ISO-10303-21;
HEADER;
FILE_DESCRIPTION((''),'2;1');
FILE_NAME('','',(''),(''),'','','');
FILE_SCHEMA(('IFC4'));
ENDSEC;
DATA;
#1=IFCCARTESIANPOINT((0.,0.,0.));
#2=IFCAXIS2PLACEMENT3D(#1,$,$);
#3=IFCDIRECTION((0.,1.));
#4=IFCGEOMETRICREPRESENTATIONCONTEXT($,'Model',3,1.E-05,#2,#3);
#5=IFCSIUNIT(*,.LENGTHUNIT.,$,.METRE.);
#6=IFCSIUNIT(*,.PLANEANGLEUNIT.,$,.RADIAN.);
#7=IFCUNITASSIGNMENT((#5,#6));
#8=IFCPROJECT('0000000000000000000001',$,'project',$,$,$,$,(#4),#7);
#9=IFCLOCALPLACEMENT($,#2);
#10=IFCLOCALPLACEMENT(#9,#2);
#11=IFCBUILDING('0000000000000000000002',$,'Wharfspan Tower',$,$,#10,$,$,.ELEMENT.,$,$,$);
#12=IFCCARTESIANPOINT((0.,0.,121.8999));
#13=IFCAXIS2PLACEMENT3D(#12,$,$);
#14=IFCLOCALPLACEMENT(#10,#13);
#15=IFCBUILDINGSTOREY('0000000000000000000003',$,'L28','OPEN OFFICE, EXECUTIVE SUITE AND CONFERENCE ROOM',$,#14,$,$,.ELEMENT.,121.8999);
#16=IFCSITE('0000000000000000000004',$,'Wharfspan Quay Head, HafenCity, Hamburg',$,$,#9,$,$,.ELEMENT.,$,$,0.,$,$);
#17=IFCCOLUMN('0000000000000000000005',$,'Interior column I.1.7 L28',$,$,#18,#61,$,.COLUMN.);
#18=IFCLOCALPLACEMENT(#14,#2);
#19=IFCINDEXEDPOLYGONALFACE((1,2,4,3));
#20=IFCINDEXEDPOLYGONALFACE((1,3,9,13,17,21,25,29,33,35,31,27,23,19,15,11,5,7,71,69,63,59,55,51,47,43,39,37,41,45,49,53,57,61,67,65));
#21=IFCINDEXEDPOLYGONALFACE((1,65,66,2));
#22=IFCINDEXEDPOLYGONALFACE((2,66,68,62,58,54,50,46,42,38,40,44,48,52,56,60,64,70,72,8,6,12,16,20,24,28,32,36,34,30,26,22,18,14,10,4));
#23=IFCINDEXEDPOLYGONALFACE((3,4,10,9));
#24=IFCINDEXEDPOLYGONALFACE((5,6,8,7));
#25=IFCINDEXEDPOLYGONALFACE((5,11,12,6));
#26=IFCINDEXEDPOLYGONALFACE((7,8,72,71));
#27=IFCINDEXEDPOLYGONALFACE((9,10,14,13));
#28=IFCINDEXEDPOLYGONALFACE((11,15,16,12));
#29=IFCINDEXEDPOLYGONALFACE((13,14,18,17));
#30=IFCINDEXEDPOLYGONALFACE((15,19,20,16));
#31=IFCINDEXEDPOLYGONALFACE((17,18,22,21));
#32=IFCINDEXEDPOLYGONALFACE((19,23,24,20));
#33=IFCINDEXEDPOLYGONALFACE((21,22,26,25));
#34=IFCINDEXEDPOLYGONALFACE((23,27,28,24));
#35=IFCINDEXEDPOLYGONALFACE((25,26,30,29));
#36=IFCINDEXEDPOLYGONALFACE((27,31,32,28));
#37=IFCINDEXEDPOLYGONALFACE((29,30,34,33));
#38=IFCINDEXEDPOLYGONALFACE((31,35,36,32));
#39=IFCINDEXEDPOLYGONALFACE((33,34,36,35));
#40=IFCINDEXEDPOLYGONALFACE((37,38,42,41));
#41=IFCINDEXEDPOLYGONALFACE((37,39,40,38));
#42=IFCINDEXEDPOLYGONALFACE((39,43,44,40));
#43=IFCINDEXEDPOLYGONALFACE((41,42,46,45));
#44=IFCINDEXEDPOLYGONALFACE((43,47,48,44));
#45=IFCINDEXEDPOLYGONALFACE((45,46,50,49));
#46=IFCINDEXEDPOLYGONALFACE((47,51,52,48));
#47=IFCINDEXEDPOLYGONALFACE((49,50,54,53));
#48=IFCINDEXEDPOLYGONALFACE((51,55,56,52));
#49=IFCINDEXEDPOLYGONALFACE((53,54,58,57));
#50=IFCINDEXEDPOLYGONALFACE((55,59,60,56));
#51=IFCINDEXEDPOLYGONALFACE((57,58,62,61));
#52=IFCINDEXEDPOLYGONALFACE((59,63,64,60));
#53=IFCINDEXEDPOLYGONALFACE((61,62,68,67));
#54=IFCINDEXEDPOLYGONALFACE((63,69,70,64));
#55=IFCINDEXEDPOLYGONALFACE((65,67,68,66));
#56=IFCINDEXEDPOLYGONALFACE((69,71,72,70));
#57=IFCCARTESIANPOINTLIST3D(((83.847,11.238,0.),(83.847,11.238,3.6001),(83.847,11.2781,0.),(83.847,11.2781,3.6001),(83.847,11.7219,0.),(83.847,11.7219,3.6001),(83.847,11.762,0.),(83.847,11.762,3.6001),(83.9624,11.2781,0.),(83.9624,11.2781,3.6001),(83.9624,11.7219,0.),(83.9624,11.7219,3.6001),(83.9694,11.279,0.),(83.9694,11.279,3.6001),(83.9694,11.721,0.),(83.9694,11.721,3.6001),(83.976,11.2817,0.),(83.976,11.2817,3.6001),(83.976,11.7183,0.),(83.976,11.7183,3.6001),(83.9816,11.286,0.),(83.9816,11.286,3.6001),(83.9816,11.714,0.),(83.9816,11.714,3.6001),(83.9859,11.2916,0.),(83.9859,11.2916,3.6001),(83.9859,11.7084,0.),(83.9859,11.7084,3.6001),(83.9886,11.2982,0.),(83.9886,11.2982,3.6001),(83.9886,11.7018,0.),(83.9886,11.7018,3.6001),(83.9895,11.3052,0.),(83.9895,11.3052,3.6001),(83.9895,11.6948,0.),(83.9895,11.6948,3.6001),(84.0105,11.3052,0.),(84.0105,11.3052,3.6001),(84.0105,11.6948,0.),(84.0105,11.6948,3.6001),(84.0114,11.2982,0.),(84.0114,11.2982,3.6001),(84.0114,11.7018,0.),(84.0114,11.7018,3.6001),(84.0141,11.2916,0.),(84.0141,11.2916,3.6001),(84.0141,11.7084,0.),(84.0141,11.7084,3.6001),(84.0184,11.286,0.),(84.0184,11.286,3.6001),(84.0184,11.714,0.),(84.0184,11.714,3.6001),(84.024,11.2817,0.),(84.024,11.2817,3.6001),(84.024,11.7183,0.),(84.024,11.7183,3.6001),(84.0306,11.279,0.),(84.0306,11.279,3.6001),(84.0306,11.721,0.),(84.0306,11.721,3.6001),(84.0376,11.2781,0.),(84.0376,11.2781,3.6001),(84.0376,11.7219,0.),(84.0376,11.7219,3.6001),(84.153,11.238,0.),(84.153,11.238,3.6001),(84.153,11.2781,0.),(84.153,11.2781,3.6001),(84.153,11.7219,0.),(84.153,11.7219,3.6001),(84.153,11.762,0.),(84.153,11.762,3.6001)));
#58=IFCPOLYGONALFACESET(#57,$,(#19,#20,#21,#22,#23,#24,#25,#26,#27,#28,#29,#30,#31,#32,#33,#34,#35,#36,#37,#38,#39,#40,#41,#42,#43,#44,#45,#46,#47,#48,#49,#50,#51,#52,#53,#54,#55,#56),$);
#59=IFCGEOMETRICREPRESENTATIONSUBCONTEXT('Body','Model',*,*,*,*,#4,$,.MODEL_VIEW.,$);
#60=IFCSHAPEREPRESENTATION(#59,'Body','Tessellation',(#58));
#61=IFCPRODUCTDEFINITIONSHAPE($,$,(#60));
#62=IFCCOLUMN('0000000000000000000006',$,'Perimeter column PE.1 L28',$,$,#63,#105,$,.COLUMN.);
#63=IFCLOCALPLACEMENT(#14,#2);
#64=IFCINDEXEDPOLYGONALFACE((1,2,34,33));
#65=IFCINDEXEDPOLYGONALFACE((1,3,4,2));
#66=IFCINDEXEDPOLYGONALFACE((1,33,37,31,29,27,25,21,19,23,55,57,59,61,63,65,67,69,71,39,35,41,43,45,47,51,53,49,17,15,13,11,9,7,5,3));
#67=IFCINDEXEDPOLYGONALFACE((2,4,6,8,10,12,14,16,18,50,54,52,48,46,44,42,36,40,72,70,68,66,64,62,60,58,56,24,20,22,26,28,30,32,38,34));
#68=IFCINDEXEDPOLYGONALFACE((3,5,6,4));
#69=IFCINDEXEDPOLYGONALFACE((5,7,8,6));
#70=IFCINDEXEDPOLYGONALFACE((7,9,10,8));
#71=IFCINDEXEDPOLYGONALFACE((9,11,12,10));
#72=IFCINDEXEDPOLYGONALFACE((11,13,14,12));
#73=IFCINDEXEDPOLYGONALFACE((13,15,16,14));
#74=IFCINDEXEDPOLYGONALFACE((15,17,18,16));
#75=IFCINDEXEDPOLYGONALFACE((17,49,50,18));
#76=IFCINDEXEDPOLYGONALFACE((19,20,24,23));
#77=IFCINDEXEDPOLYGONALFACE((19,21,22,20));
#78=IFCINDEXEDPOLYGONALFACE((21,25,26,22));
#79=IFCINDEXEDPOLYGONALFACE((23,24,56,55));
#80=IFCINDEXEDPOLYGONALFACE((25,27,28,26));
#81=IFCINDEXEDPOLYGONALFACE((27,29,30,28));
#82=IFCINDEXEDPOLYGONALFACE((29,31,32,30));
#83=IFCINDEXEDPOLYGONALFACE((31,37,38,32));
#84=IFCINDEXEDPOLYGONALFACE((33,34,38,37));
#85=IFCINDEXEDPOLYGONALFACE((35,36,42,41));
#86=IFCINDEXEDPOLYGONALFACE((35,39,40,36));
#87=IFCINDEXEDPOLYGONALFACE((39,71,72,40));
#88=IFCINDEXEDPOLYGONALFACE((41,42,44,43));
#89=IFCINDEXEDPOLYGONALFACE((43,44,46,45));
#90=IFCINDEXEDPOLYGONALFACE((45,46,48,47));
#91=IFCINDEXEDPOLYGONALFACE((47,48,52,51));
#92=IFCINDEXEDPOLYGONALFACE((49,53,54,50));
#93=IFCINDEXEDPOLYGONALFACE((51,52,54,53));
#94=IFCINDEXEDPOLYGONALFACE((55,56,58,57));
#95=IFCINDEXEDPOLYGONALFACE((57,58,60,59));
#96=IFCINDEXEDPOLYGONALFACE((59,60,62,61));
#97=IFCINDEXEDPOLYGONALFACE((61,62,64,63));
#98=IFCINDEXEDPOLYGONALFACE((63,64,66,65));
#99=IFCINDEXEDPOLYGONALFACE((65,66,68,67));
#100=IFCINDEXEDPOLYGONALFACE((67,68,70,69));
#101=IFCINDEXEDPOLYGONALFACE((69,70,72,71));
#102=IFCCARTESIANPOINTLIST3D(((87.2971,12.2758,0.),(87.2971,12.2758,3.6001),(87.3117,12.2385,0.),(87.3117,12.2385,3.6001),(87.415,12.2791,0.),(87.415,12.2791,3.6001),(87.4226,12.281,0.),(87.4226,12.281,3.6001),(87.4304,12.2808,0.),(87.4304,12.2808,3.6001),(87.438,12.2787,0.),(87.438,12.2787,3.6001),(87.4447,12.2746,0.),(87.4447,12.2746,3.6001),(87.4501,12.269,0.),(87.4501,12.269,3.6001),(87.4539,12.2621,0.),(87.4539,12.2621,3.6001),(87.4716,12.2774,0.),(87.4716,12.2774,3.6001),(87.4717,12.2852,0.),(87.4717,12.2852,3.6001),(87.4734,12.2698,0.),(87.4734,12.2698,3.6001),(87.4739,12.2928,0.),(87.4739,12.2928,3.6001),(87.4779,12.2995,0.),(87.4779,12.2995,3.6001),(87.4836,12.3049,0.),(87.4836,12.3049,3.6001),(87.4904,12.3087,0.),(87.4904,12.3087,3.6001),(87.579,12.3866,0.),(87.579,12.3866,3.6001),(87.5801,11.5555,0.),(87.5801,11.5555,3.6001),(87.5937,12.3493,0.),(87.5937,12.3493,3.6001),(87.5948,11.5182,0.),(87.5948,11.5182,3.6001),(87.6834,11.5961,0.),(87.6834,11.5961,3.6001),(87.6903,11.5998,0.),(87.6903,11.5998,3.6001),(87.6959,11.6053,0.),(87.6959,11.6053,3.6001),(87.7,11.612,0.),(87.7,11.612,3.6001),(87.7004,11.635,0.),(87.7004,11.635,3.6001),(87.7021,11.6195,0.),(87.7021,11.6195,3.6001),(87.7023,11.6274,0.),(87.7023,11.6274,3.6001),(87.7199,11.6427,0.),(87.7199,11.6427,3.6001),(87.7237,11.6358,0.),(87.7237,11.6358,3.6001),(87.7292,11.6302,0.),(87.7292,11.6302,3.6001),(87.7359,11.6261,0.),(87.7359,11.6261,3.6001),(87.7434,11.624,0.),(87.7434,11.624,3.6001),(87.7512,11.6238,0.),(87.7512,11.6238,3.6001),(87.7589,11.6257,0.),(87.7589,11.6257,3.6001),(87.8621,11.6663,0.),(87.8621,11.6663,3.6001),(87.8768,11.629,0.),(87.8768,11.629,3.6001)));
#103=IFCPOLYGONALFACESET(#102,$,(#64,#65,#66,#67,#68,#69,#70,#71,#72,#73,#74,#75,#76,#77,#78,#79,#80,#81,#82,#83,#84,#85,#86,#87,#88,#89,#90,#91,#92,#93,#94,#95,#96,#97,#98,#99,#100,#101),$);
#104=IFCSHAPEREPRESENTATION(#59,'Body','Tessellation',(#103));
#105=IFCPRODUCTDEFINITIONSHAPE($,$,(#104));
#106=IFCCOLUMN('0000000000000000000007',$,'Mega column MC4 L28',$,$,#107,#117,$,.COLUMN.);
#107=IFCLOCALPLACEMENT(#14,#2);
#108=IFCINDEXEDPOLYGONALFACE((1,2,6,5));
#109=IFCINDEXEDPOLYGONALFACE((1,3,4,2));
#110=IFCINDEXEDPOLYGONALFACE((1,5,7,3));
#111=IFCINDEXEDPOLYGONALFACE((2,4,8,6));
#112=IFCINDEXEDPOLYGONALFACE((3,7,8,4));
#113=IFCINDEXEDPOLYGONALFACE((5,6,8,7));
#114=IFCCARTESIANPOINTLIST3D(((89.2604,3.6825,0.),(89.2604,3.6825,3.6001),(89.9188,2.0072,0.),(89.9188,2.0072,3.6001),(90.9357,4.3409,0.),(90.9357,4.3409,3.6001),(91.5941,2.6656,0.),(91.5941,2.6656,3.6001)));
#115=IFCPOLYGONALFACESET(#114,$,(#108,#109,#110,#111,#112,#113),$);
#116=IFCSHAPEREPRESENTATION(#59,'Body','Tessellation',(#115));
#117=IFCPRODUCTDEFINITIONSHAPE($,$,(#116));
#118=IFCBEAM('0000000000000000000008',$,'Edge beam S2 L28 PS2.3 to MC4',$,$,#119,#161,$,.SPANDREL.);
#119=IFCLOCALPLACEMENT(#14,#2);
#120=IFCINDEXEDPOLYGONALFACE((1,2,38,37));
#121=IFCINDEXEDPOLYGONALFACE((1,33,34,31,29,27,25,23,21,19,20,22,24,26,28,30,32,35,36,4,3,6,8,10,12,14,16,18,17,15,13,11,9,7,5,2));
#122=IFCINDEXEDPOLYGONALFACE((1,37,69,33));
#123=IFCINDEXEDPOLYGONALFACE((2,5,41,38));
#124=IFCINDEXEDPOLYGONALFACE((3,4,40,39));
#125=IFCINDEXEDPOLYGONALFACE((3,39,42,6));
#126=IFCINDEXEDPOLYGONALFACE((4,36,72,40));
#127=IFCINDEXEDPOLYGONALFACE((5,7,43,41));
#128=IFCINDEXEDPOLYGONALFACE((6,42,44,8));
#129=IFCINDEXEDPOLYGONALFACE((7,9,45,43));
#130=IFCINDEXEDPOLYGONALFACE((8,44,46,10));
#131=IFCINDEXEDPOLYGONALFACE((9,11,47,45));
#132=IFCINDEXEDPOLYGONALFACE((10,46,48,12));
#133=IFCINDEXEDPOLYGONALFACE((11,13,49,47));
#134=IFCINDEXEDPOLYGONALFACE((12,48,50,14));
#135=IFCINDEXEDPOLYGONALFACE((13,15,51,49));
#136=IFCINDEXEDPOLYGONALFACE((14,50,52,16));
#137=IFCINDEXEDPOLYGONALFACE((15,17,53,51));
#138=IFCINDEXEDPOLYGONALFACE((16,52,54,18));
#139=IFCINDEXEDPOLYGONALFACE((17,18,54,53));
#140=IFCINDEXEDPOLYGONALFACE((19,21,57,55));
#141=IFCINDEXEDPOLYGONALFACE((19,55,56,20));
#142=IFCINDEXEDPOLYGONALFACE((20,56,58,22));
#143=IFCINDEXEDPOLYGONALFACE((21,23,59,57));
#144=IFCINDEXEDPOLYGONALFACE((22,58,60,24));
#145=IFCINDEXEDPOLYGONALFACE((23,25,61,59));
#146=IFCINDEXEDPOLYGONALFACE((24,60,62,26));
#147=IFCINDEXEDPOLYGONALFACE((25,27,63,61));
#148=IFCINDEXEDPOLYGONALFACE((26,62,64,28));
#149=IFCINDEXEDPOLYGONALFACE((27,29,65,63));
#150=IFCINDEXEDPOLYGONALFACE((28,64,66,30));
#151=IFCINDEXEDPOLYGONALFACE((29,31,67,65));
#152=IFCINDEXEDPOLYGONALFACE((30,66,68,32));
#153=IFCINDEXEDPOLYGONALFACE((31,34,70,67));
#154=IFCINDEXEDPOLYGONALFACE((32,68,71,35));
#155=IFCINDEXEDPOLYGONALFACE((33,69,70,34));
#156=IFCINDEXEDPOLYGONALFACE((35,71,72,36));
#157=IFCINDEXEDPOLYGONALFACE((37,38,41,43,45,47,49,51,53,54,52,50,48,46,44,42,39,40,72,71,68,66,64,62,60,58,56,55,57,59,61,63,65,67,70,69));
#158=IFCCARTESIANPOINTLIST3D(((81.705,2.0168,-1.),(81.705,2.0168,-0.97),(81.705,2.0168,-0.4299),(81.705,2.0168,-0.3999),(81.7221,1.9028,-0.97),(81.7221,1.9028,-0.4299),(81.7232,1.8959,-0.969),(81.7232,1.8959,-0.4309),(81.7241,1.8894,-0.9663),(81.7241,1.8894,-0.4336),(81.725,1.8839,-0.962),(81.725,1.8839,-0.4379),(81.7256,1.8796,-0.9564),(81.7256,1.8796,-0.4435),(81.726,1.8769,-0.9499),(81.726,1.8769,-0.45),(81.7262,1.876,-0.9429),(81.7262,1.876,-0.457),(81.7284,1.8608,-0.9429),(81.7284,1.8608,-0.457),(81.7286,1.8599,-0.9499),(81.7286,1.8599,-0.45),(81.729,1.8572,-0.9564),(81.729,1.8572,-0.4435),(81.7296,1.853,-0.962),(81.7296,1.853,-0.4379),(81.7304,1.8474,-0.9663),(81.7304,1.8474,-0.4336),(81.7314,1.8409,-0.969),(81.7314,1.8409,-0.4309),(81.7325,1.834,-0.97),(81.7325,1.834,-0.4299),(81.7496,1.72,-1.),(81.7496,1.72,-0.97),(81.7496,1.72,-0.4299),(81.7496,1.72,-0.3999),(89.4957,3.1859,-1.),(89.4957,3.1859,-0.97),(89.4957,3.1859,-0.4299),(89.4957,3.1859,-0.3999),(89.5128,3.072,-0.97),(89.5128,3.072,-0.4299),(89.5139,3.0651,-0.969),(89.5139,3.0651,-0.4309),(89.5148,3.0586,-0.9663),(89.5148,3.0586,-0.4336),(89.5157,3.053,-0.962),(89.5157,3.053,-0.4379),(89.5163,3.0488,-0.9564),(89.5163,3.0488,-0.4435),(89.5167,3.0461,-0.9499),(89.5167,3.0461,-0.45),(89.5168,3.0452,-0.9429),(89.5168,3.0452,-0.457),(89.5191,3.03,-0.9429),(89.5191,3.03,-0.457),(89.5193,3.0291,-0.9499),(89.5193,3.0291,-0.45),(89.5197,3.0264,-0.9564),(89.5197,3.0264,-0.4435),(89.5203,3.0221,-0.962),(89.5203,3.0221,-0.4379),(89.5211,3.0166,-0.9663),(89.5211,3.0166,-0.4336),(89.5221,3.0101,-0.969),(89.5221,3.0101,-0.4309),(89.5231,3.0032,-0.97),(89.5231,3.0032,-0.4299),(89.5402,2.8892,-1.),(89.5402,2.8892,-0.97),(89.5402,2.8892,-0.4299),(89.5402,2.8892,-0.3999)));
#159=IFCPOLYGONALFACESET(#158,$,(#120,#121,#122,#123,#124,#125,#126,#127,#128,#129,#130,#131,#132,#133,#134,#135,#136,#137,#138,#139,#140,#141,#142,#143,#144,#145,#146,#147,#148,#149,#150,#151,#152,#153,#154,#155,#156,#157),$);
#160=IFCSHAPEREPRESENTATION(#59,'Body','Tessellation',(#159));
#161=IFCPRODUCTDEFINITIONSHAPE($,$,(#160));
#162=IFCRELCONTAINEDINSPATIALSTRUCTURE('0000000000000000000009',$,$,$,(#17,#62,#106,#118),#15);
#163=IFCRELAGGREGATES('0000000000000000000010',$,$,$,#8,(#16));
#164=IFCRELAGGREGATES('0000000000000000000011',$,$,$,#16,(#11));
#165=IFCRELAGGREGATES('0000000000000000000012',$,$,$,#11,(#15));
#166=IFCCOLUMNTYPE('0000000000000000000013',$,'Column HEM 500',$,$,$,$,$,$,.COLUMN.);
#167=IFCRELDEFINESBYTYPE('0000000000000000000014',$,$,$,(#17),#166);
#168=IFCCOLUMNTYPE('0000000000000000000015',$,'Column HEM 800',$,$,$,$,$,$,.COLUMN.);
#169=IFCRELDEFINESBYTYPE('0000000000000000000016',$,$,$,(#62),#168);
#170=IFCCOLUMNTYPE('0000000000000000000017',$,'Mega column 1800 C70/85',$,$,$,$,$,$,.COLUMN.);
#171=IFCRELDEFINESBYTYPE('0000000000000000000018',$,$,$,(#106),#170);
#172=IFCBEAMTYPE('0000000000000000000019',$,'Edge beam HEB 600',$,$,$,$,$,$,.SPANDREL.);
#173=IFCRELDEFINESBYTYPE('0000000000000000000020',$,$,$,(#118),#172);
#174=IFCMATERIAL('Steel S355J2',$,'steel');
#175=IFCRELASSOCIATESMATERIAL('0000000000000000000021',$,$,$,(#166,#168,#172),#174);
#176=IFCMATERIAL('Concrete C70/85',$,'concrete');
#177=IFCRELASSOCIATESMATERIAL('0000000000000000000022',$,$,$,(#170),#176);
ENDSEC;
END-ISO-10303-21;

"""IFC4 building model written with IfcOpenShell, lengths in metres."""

from ifc_helpers import new_model, si_unit, direction, frame, origin, origin_2d, place, context, subcontext, project, spatial, rectangle, i_section, extrude, material, material_profile, profile_set, type_object, element, save


model = new_model("IFC4")

# Units and contexts
model_context = context("Model", 3, precision=1e-05, world=origin(), true_north=direction((0.0, 1.0)))
body_context = subcontext(model_context, "Body", "Model", "MODEL_VIEW")
ifc_project = project(units=[si_unit("LENGTHUNIT", "METRE"), si_unit("PLANEANGLEUNIT", "RADIAN")], contexts=[model_context])

# Site, building, storey
site_placement = place(None, origin())
site = spatial("IfcSite", under=ifc_project, at=site_placement, Name="Wharfspan Quay Head, HafenCity, Hamburg", CompositionType="ELEMENT", RefElevation=0.0)
building_placement = place(site_placement, origin())
building = spatial("IfcBuilding", under=site, at=building_placement, Name="Wharfspan Tower", CompositionType="ELEMENT")
storey_placement = place(building_placement, frame((0.0, 0.0, 121.8999)))
storey = spatial("IfcBuildingStorey", under=building, at=storey_placement, Name="L28", Description="OPEN OFFICE, EXECUTIVE SUITE AND CONFERENCE ROOM", CompositionType="ELEMENT", Elevation=121.8999)

# Columns
ifc_material_1 = material(Name="Steel S355J2", Category="steel")
ifc_material_profile_1 = material_profile(ifc_material_1, i_section(OverallWidth=0.3059, OverallDepth=0.5239, WebThickness=0.021, FlangeThickness=0.04, FilletRadius=0.0271, at=origin_2d()))
ifc_profile_set_1 = profile_set([ifc_material_profile_1], Name="Steel S355J2")
column_type_1 = type_object("IfcColumnType", Name="Column HEM 500", PredefinedType="COLUMN", material=ifc_profile_set_1)
column_1_placement = place(storey_placement, frame((84.0, 11.5, 0.0), z_axis=(0.0, 0.0, 1.0), x_axis=(1.0, 0.0, 0.0)))
element("IfcColumn", 1, at=column_1_placement, inside=storey, type_object=column_type_1, Name="Interior column I.1.7 L28", PredefinedType="COLUMN", context=body_context, shape_type="SweptSolid", body=[
    extrude(i_section(OverallWidth=0.3059, OverallDepth=0.5239, WebThickness=0.021, FlangeThickness=0.04, FilletRadius=0.0271, at=origin_2d()), origin(), (0.0, 0.0, 1.0), 3.6001),
])
ifc_material_profile_2 = material_profile(ifc_material_1, i_section(OverallWidth=0.303, OverallDepth=0.814, WebThickness=0.021, FlangeThickness=0.04, FilletRadius=0.03, at=origin_2d()))
ifc_profile_set_2 = profile_set([ifc_material_profile_2], Name="Steel S355J2")
column_type_2 = type_object("IfcColumnType", Name="Column HEM 800", PredefinedType="COLUMN", material=ifc_profile_set_2)
column_2_placement = place(storey_placement, frame((87.5869, 11.9524, 0.0), z_axis=(0.0, 0.0, 1.0), x_axis=(0.930702, 0.365778, 0.0)))
element("IfcColumn", 2, at=column_2_placement, inside=storey, type_object=column_type_2, Name="Perimeter column PE.1 L28", PredefinedType="COLUMN", context=body_context, shape_type="SweptSolid", body=[
    extrude(i_section(OverallWidth=0.303, OverallDepth=0.814, WebThickness=0.021, FlangeThickness=0.04, FilletRadius=0.03, at=origin_2d()), origin(), (0.0, 0.0, 1.0), 3.6001),
])
ifc_material_2 = material(Name="Concrete C70/85", Category="concrete")
ifc_material_profile_3 = material_profile(ifc_material_2, rectangle(XDim=1.8, YDim=1.8, at=origin_2d()))
ifc_profile_set_3 = profile_set([ifc_material_profile_3], Name="Concrete C70/85")
column_type_3 = type_object("IfcColumnType", Name="Mega column 1800 C70/85", PredefinedType="COLUMN", material=ifc_profile_set_3)
column_3_placement = place(storey_placement, frame((90.4272, 3.1741, 0.0), z_axis=(0.0, 0.0, 1.0), x_axis=(-0.365778, 0.930702, 0.0)))
element("IfcColumn", 3, at=column_3_placement, inside=storey, type_object=column_type_3, Name="Mega column MC4 L28", PredefinedType="COLUMN", context=body_context, shape_type="SweptSolid", body=[
    extrude(rectangle(XDim=1.8, YDim=1.8, at=origin_2d()), origin(), (0.0, 0.0, 1.0), 3.6001),
])

# Beam
ifc_material_profile_4 = material_profile(ifc_material_1, i_section(OverallWidth=0.3, OverallDepth=0.6001, WebThickness=0.0154, FlangeThickness=0.03, FilletRadius=0.0271, at=origin_2d()))
ifc_profile_set_4 = profile_set([ifc_material_profile_4], Name="Steel S355J2")
beam_type = type_object("IfcBeamType", Name="Edge beam HEB 600", PredefinedType="SPANDREL", material=ifc_profile_set_4)
beam_1_placement = place(storey_placement, frame((81.7273, 1.8684, -0.7), z_axis=(0.988926, 0.148412, 0.0), x_axis=(-0.148412, 0.988926, 0.0)))
element("IfcBeam", 4, at=beam_1_placement, inside=storey, type_object=beam_type, Name="Edge beam S2 L28 PS2.3 to MC4", PredefinedType="SPANDREL", context=body_context, shape_type="SweptSolid", body=[
    extrude(i_section(OverallWidth=0.3, OverallDepth=0.6001, WebThickness=0.0154, FlangeThickness=0.03, FilletRadius=0.0271, at=origin_2d()), origin(), (0.0, 0.0, 1.0), 7.8779),
])

save(model, "model.ifc")
